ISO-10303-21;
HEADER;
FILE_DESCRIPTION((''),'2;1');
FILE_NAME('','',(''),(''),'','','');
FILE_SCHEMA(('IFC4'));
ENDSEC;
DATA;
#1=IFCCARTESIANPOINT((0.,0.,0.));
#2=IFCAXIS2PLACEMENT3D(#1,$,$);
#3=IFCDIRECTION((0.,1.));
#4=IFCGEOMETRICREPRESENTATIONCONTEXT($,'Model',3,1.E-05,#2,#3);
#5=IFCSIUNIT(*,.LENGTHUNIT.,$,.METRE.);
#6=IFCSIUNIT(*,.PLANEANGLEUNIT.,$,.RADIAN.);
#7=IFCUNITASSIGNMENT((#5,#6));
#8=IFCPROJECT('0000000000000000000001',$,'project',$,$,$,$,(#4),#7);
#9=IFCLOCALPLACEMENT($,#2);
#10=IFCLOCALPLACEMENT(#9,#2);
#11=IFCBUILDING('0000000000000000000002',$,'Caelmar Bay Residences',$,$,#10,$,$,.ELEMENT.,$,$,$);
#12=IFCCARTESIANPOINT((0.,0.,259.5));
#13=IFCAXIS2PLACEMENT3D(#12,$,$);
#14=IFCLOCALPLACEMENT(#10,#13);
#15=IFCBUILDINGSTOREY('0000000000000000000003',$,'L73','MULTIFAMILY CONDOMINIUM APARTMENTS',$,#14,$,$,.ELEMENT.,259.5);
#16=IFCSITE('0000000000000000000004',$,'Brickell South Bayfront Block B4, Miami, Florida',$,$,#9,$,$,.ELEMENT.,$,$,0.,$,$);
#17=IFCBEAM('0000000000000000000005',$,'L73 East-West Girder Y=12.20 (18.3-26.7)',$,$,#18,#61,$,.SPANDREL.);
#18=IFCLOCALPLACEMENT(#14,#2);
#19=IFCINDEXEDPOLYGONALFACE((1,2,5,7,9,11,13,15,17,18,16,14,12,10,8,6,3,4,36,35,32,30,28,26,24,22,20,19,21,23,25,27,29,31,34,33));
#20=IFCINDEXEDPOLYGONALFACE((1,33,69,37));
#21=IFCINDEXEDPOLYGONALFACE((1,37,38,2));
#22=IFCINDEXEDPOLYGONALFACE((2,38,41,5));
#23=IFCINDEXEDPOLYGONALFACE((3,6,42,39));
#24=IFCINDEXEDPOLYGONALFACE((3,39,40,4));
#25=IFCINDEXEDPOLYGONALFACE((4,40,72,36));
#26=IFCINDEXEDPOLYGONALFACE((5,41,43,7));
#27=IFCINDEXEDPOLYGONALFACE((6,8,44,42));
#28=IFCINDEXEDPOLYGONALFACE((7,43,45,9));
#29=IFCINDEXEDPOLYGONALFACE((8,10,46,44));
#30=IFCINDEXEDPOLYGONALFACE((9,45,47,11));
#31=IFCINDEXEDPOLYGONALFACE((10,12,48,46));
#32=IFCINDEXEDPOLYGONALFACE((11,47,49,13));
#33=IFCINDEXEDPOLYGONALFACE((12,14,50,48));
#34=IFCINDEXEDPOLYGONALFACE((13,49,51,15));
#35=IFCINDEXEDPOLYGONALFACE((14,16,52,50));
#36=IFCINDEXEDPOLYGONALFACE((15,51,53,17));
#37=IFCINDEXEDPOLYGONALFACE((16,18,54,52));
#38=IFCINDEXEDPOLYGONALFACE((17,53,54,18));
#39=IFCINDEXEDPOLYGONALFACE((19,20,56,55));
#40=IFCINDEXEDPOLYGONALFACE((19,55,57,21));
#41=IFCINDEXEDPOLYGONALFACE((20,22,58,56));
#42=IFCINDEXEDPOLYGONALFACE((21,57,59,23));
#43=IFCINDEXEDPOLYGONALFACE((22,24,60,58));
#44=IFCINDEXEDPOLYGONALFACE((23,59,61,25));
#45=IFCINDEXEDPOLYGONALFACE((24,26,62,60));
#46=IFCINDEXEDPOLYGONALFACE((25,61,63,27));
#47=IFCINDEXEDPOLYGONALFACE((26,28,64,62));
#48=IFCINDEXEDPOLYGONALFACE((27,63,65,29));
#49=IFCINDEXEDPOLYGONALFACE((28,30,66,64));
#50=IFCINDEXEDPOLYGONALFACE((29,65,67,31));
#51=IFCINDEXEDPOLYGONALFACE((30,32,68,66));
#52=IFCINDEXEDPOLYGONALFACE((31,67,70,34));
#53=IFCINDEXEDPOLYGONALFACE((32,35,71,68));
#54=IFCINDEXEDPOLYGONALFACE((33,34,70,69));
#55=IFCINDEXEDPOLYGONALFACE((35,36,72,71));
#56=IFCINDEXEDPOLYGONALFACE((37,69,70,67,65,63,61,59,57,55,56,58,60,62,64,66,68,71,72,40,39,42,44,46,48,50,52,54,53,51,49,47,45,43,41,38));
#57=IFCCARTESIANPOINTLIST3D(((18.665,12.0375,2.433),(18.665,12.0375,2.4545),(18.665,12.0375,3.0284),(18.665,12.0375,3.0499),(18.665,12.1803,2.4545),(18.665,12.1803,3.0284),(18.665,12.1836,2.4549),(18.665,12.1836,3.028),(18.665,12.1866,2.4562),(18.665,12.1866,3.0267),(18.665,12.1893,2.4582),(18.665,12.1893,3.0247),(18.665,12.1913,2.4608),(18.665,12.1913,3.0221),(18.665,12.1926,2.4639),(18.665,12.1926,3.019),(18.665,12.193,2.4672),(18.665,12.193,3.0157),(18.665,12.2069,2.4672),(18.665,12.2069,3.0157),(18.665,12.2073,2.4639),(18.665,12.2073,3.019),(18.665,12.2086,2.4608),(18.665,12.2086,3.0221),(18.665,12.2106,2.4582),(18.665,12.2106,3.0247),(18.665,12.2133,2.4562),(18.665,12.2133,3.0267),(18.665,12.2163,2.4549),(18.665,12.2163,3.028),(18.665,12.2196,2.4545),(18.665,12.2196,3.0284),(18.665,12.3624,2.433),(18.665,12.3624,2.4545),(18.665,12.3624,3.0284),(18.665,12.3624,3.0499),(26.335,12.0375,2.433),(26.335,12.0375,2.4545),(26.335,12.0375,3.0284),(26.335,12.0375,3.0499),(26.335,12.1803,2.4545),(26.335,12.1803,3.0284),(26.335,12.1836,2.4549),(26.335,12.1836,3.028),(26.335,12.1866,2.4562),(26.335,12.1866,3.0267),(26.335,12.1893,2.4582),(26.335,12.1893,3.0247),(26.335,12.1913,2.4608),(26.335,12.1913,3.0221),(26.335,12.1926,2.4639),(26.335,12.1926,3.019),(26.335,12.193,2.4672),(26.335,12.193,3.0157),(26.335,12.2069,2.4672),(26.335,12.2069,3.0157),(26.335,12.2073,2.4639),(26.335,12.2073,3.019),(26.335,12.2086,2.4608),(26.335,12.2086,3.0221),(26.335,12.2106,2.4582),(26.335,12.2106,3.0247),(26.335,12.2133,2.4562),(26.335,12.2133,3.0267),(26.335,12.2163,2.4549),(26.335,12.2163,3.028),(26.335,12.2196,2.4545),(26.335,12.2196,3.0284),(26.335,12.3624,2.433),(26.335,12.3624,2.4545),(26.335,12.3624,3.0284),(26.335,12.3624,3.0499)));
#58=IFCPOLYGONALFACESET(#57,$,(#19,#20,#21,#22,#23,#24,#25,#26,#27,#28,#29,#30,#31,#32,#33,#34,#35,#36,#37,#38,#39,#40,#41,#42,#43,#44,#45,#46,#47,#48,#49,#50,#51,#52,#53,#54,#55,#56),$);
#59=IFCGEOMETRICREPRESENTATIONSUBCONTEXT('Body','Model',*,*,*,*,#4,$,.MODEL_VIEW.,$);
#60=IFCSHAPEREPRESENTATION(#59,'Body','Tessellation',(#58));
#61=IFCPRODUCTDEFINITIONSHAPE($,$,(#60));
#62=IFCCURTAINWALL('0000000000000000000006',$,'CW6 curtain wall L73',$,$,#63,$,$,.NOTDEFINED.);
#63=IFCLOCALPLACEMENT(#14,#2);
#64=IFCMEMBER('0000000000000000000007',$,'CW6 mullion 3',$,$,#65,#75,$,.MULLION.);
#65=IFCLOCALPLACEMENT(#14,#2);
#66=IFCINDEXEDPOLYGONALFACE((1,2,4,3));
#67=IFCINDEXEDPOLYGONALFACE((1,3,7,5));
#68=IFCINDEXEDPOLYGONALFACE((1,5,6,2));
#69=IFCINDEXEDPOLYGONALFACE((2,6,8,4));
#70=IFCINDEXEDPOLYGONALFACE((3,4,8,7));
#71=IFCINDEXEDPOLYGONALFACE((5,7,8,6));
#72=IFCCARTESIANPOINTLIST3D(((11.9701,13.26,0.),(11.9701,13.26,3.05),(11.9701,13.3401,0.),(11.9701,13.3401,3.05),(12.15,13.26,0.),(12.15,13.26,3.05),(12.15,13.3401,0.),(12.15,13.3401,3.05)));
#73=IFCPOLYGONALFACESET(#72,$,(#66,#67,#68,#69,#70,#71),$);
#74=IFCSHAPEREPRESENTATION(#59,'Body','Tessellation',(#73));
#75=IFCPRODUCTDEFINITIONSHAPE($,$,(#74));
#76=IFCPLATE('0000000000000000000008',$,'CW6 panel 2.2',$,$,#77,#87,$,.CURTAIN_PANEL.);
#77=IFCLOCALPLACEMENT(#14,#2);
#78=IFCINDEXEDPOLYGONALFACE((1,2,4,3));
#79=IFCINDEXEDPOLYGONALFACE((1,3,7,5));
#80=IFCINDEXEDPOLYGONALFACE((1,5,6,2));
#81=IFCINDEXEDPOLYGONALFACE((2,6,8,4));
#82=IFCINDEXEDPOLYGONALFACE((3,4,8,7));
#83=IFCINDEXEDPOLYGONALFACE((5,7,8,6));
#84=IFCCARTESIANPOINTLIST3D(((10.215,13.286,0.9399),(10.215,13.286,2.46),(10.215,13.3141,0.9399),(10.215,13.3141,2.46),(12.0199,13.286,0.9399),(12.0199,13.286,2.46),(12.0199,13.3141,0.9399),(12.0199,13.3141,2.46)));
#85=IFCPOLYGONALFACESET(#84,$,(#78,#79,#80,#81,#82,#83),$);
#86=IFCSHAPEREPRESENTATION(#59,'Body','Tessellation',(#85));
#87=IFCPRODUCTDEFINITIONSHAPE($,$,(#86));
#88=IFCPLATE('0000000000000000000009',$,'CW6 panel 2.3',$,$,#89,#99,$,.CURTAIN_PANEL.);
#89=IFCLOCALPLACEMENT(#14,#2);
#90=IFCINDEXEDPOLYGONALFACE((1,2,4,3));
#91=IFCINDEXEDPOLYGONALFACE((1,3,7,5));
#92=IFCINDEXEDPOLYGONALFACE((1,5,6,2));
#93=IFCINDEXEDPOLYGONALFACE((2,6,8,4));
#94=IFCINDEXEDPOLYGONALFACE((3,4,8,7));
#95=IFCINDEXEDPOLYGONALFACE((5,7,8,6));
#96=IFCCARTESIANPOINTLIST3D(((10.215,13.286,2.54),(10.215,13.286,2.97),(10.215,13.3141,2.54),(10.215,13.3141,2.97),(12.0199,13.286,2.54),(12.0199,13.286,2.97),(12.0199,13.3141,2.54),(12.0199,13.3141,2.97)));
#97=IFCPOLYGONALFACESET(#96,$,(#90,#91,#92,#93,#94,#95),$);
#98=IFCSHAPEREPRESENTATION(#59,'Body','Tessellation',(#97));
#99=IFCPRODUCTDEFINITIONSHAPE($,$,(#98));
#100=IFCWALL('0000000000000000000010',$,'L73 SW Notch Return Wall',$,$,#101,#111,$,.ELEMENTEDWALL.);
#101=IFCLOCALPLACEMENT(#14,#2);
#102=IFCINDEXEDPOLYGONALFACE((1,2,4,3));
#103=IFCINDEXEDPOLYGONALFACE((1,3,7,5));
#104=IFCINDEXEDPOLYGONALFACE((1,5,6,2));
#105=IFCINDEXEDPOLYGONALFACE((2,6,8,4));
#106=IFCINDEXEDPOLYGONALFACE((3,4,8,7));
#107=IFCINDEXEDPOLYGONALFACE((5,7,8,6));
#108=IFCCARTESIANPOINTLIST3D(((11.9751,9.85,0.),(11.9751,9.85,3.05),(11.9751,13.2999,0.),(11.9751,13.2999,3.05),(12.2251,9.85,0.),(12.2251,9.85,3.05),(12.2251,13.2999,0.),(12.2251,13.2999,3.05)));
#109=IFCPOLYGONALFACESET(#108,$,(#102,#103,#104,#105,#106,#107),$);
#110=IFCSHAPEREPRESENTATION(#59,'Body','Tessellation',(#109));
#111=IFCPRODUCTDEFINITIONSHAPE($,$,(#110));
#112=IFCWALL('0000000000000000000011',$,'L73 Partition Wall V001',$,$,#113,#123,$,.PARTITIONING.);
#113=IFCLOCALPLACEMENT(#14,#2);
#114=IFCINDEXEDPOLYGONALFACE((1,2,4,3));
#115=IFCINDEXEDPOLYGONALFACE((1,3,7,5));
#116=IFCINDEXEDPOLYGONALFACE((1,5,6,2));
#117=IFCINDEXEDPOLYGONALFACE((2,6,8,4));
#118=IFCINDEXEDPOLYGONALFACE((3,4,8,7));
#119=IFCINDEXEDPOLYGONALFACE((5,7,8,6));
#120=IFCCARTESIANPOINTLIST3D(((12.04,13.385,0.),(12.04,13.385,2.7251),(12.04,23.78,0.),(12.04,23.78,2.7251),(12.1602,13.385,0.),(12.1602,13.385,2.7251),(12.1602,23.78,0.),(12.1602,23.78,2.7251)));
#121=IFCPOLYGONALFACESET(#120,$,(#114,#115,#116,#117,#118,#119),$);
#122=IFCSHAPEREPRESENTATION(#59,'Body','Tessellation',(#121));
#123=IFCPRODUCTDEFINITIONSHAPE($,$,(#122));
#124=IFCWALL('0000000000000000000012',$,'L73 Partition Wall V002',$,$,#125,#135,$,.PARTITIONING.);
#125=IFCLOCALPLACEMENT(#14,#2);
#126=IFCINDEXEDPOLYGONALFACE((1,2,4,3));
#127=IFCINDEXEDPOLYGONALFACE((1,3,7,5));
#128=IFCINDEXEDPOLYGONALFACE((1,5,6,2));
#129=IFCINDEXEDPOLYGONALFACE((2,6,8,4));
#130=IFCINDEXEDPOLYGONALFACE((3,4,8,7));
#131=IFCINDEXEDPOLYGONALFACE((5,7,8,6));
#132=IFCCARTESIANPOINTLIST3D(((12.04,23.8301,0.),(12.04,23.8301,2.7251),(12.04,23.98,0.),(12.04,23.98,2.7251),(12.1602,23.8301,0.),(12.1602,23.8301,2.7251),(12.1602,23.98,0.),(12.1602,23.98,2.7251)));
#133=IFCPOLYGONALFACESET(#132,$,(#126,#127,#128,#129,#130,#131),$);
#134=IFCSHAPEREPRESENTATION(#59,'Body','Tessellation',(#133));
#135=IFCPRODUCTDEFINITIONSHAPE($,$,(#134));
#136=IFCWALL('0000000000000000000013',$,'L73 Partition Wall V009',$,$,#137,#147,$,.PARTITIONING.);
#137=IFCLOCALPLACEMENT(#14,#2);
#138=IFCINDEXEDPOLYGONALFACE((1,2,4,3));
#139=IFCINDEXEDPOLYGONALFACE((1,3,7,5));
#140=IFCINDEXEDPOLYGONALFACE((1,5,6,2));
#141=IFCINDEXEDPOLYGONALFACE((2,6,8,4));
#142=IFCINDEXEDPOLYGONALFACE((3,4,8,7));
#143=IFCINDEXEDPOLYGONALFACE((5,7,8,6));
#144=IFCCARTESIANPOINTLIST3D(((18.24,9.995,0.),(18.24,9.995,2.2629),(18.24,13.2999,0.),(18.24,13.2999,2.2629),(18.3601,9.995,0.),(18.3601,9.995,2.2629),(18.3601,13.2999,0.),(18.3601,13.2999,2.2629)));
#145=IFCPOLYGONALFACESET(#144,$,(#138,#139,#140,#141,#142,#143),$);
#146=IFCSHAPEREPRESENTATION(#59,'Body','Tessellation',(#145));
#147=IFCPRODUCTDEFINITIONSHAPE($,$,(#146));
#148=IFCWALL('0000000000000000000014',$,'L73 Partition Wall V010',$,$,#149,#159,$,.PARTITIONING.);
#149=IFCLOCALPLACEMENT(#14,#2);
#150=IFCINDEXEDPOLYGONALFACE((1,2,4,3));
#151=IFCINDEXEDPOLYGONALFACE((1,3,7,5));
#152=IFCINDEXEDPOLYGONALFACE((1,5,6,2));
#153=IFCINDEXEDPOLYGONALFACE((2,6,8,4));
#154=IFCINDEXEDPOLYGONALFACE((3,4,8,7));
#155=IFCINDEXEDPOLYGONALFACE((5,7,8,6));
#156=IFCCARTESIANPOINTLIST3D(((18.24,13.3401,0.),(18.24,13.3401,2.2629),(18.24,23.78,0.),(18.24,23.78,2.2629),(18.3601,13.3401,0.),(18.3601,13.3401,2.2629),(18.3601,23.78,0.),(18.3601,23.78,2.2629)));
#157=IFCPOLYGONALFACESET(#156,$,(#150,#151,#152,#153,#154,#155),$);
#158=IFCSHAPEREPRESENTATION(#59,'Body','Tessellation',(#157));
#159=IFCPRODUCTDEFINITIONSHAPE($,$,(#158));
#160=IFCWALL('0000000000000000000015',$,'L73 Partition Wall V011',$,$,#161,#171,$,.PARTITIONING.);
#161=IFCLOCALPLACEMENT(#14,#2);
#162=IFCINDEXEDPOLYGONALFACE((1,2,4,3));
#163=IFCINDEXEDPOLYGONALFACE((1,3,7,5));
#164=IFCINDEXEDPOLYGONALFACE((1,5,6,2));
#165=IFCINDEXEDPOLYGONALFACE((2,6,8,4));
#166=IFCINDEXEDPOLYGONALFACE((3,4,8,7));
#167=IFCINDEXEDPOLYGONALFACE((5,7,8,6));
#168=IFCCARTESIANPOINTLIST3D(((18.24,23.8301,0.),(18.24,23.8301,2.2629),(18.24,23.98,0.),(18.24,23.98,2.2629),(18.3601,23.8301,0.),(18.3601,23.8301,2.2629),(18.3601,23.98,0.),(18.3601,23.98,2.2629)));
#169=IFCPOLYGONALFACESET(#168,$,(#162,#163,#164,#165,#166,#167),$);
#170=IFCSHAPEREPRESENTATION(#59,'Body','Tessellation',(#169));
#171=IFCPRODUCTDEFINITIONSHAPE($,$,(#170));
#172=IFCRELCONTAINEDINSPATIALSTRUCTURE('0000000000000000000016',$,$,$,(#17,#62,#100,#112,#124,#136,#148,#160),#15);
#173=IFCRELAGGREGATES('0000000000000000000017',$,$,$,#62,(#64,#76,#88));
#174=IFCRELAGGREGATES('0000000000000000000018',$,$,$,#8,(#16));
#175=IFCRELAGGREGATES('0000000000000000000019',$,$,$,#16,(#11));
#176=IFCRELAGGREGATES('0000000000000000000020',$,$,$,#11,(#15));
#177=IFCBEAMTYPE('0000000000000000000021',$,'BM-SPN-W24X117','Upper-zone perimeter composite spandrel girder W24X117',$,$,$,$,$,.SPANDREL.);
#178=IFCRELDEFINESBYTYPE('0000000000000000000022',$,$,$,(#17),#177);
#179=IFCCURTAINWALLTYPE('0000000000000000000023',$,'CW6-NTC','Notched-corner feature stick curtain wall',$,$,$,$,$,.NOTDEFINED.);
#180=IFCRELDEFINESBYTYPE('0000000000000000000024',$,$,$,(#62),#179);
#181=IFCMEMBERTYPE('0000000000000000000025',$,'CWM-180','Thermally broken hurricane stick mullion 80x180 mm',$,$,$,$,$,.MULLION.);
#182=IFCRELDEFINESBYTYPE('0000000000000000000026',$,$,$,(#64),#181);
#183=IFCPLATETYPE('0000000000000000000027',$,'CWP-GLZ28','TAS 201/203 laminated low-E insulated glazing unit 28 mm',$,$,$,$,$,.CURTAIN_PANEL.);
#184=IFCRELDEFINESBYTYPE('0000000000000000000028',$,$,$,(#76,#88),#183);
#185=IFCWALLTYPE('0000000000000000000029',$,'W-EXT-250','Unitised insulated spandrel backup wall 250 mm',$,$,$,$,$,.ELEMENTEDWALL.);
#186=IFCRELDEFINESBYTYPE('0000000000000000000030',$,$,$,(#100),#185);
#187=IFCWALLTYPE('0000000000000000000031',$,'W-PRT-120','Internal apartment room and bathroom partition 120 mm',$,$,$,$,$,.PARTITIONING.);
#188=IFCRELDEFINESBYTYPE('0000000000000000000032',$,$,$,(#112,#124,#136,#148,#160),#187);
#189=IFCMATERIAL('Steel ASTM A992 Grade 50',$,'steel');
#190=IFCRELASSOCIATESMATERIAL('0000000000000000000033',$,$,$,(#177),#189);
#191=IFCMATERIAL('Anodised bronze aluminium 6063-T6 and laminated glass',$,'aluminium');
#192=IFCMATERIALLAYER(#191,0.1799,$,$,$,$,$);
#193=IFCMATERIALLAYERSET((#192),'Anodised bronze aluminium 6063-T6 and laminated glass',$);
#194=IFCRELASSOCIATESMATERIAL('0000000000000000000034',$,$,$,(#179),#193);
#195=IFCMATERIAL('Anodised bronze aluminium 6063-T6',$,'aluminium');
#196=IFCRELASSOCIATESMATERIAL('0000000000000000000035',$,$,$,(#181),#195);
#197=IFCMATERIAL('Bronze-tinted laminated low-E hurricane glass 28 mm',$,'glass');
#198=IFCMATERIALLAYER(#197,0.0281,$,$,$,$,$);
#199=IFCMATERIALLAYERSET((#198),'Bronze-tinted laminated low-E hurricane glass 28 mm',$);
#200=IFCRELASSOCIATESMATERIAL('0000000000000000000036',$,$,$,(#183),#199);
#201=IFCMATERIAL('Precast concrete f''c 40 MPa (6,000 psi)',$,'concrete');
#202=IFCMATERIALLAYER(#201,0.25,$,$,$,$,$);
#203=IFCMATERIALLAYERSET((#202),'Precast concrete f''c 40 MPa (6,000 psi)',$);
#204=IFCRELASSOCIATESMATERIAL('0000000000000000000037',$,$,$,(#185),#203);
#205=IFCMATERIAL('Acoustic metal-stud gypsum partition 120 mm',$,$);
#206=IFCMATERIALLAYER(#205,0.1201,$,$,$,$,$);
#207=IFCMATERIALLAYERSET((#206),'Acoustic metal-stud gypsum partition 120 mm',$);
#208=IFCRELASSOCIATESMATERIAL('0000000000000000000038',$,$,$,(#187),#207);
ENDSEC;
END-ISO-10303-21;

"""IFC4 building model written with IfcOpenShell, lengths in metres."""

from ifc_helpers import new_model, si_unit, direction, frame, frame_2d, origin, origin_2d, place, context, subcontext, project, spatial, rectangle, i_section, extrude, material, layer, layer_set, material_profile, profile_set, type_object, element, aggregate, save


model = new_model("IFC4")

# Units and contexts
model_context = context("Model", 3, precision=1e-05, world=origin(), true_north=direction((0.0, 1.0)))
body_context = subcontext(model_context, "Body", "Model", "MODEL_VIEW")
ifc_project = project(units=[si_unit("LENGTHUNIT", "METRE"), si_unit("PLANEANGLEUNIT", "RADIAN")], contexts=[model_context])

# Site, building, storey
site_placement = place(None, origin())
site = spatial("IfcSite", under=ifc_project, at=site_placement, Name="Brickell South Bayfront Block B4, Miami, Florida", CompositionType="ELEMENT", RefElevation=0.0)
building_placement = place(site_placement, origin())
building = spatial("IfcBuilding", under=site, at=building_placement, Name="Caelmar Bay Residences", CompositionType="ELEMENT")
storey_placement = place(building_placement, frame((0.0, 0.0, 259.5)))
storey = spatial("IfcBuildingStorey", under=building, at=storey_placement, Name="L73", Description="MULTIFAMILY CONDOMINIUM APARTMENTS", CompositionType="ELEMENT", Elevation=259.5)

# Beam
ifc_material_1 = material(Name="Steel ASTM A992 Grade 50", Category="steel")
ifc_material_profile_1 = material_profile(ifc_material_1, i_section(OverallWidth=0.325, OverallDepth=0.6169, WebThickness=0.0139, FlangeThickness=0.0215, FilletRadius=0.0127, at=origin_2d()), Name="W24X117")
ifc_profile_set_1 = profile_set([ifc_material_profile_1], Name="Steel ASTM A992 Grade 50")
beam_type_1 = type_object("IfcBeamType", Name="BM-SPN-W24X117", Description="Upper-zone perimeter composite spandrel girder W24X117", PredefinedType="SPANDREL", material=ifc_profile_set_1)
beam_1_placement = place(storey_placement, frame((18.665, 12.2, 2.7415), z_axis=(1.0, 0.0, 0.0), x_axis=(0.0, 1.0, 0.0)))
element("IfcBeam", 1, at=beam_1_placement, inside=storey, type_object=beam_type_1, Name="L73 East-West Girder Y=12.20 (18.3-26.7)", PredefinedType="SPANDREL", context=body_context, shape_type="SweptSolid", body=[
    extrude(i_section(OverallWidth=0.325, OverallDepth=0.6169, WebThickness=0.0139, FlangeThickness=0.0215, FilletRadius=0.0127, at=origin_2d()), origin(), (0.0, 0.0, 1.0), 7.6699),
])

# Curtain wall, member, plates
ifc_material_2 = material(Name="Anodised bronze aluminium 6063-T6 and laminated glass", Category="aluminium")
ifc_layer_1 = layer(ifc_material_2, 0.1799)
ifc_layer_set_1 = layer_set([ifc_layer_1], Name="Anodised bronze aluminium 6063-T6 and laminated glass")
curtain_wall_type = type_object("IfcCurtainWallType", Name="CW6-NTC", Description="Notched-corner feature stick curtain wall", PredefinedType="NOTDEFINED", material=ifc_layer_set_1)
curtain_wall_placement = place(storey_placement, origin())
curtain_wall = element("IfcCurtainWall", 2, at=curtain_wall_placement, inside=storey, type_object=curtain_wall_type, Name="CW6 curtain wall L73", PredefinedType="NOTDEFINED")
ifc_material_3 = material(Name="Anodised bronze aluminium 6063-T6", Category="aluminium")
ifc_material_profile_2 = material_profile(ifc_material_3, rectangle(XDim=0.0801, YDim=0.1799, at=origin_2d()), Name="CWM-80X180")
ifc_profile_set_2 = profile_set([ifc_material_profile_2], Name="Anodised bronze aluminium 6063-T6")
member_type = type_object("IfcMemberType", Name="CWM-180", Description="Thermally broken hurricane stick mullion 80x180 mm", PredefinedType="MULLION", material=ifc_profile_set_2)
member_placement = place(storey_placement, frame((12.0601, 13.3, 0.0), z_axis=(0.0, 0.0, 1.0), x_axis=(0.0, 1.0, 0.0)))
member = element("IfcMember", 3, at=member_placement, type_object=member_type, Name="CW6 mullion 3", PredefinedType="MULLION", context=body_context, shape_type="SweptSolid", body=[
    extrude(rectangle(XDim=0.0801, YDim=0.1799, at=origin_2d()), origin(), (0.0, 0.0, 1.0), 3.05),
])
ifc_material_4 = material(Name="Bronze-tinted laminated low-E hurricane glass 28 mm", Category="glass")
ifc_layer_2 = layer(ifc_material_4, 0.0281)
ifc_layer_set_2 = layer_set([ifc_layer_2], Name="Bronze-tinted laminated low-E hurricane glass 28 mm")
plate_type = type_object("IfcPlateType", Name="CWP-GLZ28", Description="TAS 201/203 laminated low-E insulated glazing unit 28 mm", PredefinedType="CURTAIN_PANEL", material=ifc_layer_set_2)
plate_1_placement = place(storey_placement, frame((11.1174, 13.3, 0.9399), z_axis=(0.0, 0.0, 1.0), x_axis=(1.0, 0.0, 0.0)))
plate_1 = element("IfcPlate", 4, at=plate_1_placement, type_object=plate_type, Name="CW6 panel 2.2", PredefinedType="CURTAIN_PANEL", context=body_context, shape_type="SweptSolid", body=[
    extrude(rectangle(XDim=1.8049, YDim=0.0281, at=origin_2d()), origin(), (0.0, 0.0, 1.0), 1.52),
])
plate_2_placement = place(storey_placement, frame((11.1174, 13.3, 2.54), z_axis=(0.0, 0.0, 1.0), x_axis=(1.0, 0.0, 0.0)))
plate_2 = element("IfcPlate", 5, at=plate_2_placement, type_object=plate_type, Name="CW6 panel 2.3", PredefinedType="CURTAIN_PANEL", context=body_context, shape_type="SweptSolid", body=[
    extrude(rectangle(XDim=1.8049, YDim=0.0281, at=origin_2d()), origin(), (0.0, 0.0, 1.0), 0.4299),
])
aggregate(curtain_wall, [member, plate_1, plate_2])

# Walls
ifc_material_5 = material(Name="Precast concrete f'c 40 MPa (6,000 psi)", Category="concrete")
ifc_layer_3 = layer(ifc_material_5, 0.25)
ifc_layer_set_3 = layer_set([ifc_layer_3], Name="Precast concrete f'c 40 MPa (6,000 psi)")
wall_type_1 = type_object("IfcWallType", Name="W-EXT-250", Description="Unitised insulated spandrel backup wall 250 mm", PredefinedType="ELEMENTEDWALL", material=ifc_layer_set_3)
wall_1_placement = place(storey_placement, frame((12.1001, 13.3, 0.0), z_axis=(0.0, 0.0, 1.0), x_axis=(0.0, -1.0, 0.0)))
element("IfcWall", 6, at=wall_1_placement, inside=storey, type_object=wall_type_1, Name="L73 SW Notch Return Wall", PredefinedType="ELEMENTEDWALL", context=body_context, shape_type="SweptSolid", body=[
    extrude(rectangle(XDim=3.45, YDim=0.25, at=frame_2d((1.7251, 0.0))), origin(), (0.0, 0.0, 1.0), 3.05),
])
ifc_material_6 = material(Name="Acoustic metal-stud gypsum partition 120 mm")
ifc_layer_4 = layer(ifc_material_6, 0.1201)
ifc_layer_set_4 = layer_set([ifc_layer_4], Name="Acoustic metal-stud gypsum partition 120 mm")
wall_type_2 = type_object("IfcWallType", Name="W-PRT-120", Description="Internal apartment room and bathroom partition 120 mm", PredefinedType="PARTITIONING", material=ifc_layer_set_4)
wall_2_placement = place(storey_placement, frame((12.1001, 13.385, 0.0), z_axis=(0.0, 0.0, 1.0), x_axis=(0.0, 1.0, 0.0)))
element("IfcWall", 7, at=wall_2_placement, inside=storey, type_object=wall_type_2, Name="L73 Partition Wall V001", PredefinedType="PARTITIONING", context=body_context, shape_type="SweptSolid", body=[
    extrude(rectangle(XDim=10.395, YDim=0.1201, at=frame_2d((5.1975, 0.0))), origin(), (0.0, 0.0, 1.0), 2.7251),
])
wall_3_placement = place(storey_placement, frame((12.1001, 23.8301, 0.0), z_axis=(0.0, 0.0, 1.0), x_axis=(0.0, 1.0, 0.0)))
element("IfcWall", 8, at=wall_3_placement, inside=storey, type_object=wall_type_2, Name="L73 Partition Wall V002", PredefinedType="PARTITIONING", context=body_context, shape_type="SweptSolid", body=[
    extrude(rectangle(XDim=0.1499, YDim=0.1201, at=frame_2d((0.075, 0.0))), origin(), (0.0, 0.0, 1.0), 2.7251),
])
wall_4_placement = place(storey_placement, frame((18.3, 9.9951, 0.0), z_axis=(0.0, 0.0, 1.0), x_axis=(0.0, 1.0, 0.0)))
element("IfcWall", 9, at=wall_4_placement, inside=storey, type_object=wall_type_2, Name="L73 Partition Wall V009", PredefinedType="PARTITIONING", context=body_context, shape_type="SweptSolid", body=[
    extrude(rectangle(XDim=3.3049, YDim=0.1201, at=frame_2d((1.6523, 0.0))), origin(), (0.0, 0.0, 1.0), 2.2629),
])
wall_5_placement = place(storey_placement, frame((18.3, 13.3401, 0.0), z_axis=(0.0, 0.0, 1.0), x_axis=(0.0, 1.0, 0.0)))
element("IfcWall", 10, at=wall_5_placement, inside=storey, type_object=wall_type_2, Name="L73 Partition Wall V010", PredefinedType="PARTITIONING", context=body_context, shape_type="SweptSolid", body=[
    extrude(rectangle(XDim=10.4399, YDim=0.1201, at=frame_2d((5.22, 0.0))), origin(), (0.0, 0.0, 1.0), 2.2629),
])
wall_6_placement = place(storey_placement, frame((18.3, 23.8301, 0.0), z_axis=(0.0, 0.0, 1.0), x_axis=(0.0, 1.0, 0.0)))
element("IfcWall", 11, at=wall_6_placement, inside=storey, type_object=wall_type_2, Name="L73 Partition Wall V011", PredefinedType="PARTITIONING", context=body_context, shape_type="SweptSolid", body=[
    extrude(rectangle(XDim=0.1499, YDim=0.1201, at=frame_2d((0.075, 0.0))), origin(), (0.0, 0.0, 1.0), 2.2629),
])

save(model, "model.ifc")
